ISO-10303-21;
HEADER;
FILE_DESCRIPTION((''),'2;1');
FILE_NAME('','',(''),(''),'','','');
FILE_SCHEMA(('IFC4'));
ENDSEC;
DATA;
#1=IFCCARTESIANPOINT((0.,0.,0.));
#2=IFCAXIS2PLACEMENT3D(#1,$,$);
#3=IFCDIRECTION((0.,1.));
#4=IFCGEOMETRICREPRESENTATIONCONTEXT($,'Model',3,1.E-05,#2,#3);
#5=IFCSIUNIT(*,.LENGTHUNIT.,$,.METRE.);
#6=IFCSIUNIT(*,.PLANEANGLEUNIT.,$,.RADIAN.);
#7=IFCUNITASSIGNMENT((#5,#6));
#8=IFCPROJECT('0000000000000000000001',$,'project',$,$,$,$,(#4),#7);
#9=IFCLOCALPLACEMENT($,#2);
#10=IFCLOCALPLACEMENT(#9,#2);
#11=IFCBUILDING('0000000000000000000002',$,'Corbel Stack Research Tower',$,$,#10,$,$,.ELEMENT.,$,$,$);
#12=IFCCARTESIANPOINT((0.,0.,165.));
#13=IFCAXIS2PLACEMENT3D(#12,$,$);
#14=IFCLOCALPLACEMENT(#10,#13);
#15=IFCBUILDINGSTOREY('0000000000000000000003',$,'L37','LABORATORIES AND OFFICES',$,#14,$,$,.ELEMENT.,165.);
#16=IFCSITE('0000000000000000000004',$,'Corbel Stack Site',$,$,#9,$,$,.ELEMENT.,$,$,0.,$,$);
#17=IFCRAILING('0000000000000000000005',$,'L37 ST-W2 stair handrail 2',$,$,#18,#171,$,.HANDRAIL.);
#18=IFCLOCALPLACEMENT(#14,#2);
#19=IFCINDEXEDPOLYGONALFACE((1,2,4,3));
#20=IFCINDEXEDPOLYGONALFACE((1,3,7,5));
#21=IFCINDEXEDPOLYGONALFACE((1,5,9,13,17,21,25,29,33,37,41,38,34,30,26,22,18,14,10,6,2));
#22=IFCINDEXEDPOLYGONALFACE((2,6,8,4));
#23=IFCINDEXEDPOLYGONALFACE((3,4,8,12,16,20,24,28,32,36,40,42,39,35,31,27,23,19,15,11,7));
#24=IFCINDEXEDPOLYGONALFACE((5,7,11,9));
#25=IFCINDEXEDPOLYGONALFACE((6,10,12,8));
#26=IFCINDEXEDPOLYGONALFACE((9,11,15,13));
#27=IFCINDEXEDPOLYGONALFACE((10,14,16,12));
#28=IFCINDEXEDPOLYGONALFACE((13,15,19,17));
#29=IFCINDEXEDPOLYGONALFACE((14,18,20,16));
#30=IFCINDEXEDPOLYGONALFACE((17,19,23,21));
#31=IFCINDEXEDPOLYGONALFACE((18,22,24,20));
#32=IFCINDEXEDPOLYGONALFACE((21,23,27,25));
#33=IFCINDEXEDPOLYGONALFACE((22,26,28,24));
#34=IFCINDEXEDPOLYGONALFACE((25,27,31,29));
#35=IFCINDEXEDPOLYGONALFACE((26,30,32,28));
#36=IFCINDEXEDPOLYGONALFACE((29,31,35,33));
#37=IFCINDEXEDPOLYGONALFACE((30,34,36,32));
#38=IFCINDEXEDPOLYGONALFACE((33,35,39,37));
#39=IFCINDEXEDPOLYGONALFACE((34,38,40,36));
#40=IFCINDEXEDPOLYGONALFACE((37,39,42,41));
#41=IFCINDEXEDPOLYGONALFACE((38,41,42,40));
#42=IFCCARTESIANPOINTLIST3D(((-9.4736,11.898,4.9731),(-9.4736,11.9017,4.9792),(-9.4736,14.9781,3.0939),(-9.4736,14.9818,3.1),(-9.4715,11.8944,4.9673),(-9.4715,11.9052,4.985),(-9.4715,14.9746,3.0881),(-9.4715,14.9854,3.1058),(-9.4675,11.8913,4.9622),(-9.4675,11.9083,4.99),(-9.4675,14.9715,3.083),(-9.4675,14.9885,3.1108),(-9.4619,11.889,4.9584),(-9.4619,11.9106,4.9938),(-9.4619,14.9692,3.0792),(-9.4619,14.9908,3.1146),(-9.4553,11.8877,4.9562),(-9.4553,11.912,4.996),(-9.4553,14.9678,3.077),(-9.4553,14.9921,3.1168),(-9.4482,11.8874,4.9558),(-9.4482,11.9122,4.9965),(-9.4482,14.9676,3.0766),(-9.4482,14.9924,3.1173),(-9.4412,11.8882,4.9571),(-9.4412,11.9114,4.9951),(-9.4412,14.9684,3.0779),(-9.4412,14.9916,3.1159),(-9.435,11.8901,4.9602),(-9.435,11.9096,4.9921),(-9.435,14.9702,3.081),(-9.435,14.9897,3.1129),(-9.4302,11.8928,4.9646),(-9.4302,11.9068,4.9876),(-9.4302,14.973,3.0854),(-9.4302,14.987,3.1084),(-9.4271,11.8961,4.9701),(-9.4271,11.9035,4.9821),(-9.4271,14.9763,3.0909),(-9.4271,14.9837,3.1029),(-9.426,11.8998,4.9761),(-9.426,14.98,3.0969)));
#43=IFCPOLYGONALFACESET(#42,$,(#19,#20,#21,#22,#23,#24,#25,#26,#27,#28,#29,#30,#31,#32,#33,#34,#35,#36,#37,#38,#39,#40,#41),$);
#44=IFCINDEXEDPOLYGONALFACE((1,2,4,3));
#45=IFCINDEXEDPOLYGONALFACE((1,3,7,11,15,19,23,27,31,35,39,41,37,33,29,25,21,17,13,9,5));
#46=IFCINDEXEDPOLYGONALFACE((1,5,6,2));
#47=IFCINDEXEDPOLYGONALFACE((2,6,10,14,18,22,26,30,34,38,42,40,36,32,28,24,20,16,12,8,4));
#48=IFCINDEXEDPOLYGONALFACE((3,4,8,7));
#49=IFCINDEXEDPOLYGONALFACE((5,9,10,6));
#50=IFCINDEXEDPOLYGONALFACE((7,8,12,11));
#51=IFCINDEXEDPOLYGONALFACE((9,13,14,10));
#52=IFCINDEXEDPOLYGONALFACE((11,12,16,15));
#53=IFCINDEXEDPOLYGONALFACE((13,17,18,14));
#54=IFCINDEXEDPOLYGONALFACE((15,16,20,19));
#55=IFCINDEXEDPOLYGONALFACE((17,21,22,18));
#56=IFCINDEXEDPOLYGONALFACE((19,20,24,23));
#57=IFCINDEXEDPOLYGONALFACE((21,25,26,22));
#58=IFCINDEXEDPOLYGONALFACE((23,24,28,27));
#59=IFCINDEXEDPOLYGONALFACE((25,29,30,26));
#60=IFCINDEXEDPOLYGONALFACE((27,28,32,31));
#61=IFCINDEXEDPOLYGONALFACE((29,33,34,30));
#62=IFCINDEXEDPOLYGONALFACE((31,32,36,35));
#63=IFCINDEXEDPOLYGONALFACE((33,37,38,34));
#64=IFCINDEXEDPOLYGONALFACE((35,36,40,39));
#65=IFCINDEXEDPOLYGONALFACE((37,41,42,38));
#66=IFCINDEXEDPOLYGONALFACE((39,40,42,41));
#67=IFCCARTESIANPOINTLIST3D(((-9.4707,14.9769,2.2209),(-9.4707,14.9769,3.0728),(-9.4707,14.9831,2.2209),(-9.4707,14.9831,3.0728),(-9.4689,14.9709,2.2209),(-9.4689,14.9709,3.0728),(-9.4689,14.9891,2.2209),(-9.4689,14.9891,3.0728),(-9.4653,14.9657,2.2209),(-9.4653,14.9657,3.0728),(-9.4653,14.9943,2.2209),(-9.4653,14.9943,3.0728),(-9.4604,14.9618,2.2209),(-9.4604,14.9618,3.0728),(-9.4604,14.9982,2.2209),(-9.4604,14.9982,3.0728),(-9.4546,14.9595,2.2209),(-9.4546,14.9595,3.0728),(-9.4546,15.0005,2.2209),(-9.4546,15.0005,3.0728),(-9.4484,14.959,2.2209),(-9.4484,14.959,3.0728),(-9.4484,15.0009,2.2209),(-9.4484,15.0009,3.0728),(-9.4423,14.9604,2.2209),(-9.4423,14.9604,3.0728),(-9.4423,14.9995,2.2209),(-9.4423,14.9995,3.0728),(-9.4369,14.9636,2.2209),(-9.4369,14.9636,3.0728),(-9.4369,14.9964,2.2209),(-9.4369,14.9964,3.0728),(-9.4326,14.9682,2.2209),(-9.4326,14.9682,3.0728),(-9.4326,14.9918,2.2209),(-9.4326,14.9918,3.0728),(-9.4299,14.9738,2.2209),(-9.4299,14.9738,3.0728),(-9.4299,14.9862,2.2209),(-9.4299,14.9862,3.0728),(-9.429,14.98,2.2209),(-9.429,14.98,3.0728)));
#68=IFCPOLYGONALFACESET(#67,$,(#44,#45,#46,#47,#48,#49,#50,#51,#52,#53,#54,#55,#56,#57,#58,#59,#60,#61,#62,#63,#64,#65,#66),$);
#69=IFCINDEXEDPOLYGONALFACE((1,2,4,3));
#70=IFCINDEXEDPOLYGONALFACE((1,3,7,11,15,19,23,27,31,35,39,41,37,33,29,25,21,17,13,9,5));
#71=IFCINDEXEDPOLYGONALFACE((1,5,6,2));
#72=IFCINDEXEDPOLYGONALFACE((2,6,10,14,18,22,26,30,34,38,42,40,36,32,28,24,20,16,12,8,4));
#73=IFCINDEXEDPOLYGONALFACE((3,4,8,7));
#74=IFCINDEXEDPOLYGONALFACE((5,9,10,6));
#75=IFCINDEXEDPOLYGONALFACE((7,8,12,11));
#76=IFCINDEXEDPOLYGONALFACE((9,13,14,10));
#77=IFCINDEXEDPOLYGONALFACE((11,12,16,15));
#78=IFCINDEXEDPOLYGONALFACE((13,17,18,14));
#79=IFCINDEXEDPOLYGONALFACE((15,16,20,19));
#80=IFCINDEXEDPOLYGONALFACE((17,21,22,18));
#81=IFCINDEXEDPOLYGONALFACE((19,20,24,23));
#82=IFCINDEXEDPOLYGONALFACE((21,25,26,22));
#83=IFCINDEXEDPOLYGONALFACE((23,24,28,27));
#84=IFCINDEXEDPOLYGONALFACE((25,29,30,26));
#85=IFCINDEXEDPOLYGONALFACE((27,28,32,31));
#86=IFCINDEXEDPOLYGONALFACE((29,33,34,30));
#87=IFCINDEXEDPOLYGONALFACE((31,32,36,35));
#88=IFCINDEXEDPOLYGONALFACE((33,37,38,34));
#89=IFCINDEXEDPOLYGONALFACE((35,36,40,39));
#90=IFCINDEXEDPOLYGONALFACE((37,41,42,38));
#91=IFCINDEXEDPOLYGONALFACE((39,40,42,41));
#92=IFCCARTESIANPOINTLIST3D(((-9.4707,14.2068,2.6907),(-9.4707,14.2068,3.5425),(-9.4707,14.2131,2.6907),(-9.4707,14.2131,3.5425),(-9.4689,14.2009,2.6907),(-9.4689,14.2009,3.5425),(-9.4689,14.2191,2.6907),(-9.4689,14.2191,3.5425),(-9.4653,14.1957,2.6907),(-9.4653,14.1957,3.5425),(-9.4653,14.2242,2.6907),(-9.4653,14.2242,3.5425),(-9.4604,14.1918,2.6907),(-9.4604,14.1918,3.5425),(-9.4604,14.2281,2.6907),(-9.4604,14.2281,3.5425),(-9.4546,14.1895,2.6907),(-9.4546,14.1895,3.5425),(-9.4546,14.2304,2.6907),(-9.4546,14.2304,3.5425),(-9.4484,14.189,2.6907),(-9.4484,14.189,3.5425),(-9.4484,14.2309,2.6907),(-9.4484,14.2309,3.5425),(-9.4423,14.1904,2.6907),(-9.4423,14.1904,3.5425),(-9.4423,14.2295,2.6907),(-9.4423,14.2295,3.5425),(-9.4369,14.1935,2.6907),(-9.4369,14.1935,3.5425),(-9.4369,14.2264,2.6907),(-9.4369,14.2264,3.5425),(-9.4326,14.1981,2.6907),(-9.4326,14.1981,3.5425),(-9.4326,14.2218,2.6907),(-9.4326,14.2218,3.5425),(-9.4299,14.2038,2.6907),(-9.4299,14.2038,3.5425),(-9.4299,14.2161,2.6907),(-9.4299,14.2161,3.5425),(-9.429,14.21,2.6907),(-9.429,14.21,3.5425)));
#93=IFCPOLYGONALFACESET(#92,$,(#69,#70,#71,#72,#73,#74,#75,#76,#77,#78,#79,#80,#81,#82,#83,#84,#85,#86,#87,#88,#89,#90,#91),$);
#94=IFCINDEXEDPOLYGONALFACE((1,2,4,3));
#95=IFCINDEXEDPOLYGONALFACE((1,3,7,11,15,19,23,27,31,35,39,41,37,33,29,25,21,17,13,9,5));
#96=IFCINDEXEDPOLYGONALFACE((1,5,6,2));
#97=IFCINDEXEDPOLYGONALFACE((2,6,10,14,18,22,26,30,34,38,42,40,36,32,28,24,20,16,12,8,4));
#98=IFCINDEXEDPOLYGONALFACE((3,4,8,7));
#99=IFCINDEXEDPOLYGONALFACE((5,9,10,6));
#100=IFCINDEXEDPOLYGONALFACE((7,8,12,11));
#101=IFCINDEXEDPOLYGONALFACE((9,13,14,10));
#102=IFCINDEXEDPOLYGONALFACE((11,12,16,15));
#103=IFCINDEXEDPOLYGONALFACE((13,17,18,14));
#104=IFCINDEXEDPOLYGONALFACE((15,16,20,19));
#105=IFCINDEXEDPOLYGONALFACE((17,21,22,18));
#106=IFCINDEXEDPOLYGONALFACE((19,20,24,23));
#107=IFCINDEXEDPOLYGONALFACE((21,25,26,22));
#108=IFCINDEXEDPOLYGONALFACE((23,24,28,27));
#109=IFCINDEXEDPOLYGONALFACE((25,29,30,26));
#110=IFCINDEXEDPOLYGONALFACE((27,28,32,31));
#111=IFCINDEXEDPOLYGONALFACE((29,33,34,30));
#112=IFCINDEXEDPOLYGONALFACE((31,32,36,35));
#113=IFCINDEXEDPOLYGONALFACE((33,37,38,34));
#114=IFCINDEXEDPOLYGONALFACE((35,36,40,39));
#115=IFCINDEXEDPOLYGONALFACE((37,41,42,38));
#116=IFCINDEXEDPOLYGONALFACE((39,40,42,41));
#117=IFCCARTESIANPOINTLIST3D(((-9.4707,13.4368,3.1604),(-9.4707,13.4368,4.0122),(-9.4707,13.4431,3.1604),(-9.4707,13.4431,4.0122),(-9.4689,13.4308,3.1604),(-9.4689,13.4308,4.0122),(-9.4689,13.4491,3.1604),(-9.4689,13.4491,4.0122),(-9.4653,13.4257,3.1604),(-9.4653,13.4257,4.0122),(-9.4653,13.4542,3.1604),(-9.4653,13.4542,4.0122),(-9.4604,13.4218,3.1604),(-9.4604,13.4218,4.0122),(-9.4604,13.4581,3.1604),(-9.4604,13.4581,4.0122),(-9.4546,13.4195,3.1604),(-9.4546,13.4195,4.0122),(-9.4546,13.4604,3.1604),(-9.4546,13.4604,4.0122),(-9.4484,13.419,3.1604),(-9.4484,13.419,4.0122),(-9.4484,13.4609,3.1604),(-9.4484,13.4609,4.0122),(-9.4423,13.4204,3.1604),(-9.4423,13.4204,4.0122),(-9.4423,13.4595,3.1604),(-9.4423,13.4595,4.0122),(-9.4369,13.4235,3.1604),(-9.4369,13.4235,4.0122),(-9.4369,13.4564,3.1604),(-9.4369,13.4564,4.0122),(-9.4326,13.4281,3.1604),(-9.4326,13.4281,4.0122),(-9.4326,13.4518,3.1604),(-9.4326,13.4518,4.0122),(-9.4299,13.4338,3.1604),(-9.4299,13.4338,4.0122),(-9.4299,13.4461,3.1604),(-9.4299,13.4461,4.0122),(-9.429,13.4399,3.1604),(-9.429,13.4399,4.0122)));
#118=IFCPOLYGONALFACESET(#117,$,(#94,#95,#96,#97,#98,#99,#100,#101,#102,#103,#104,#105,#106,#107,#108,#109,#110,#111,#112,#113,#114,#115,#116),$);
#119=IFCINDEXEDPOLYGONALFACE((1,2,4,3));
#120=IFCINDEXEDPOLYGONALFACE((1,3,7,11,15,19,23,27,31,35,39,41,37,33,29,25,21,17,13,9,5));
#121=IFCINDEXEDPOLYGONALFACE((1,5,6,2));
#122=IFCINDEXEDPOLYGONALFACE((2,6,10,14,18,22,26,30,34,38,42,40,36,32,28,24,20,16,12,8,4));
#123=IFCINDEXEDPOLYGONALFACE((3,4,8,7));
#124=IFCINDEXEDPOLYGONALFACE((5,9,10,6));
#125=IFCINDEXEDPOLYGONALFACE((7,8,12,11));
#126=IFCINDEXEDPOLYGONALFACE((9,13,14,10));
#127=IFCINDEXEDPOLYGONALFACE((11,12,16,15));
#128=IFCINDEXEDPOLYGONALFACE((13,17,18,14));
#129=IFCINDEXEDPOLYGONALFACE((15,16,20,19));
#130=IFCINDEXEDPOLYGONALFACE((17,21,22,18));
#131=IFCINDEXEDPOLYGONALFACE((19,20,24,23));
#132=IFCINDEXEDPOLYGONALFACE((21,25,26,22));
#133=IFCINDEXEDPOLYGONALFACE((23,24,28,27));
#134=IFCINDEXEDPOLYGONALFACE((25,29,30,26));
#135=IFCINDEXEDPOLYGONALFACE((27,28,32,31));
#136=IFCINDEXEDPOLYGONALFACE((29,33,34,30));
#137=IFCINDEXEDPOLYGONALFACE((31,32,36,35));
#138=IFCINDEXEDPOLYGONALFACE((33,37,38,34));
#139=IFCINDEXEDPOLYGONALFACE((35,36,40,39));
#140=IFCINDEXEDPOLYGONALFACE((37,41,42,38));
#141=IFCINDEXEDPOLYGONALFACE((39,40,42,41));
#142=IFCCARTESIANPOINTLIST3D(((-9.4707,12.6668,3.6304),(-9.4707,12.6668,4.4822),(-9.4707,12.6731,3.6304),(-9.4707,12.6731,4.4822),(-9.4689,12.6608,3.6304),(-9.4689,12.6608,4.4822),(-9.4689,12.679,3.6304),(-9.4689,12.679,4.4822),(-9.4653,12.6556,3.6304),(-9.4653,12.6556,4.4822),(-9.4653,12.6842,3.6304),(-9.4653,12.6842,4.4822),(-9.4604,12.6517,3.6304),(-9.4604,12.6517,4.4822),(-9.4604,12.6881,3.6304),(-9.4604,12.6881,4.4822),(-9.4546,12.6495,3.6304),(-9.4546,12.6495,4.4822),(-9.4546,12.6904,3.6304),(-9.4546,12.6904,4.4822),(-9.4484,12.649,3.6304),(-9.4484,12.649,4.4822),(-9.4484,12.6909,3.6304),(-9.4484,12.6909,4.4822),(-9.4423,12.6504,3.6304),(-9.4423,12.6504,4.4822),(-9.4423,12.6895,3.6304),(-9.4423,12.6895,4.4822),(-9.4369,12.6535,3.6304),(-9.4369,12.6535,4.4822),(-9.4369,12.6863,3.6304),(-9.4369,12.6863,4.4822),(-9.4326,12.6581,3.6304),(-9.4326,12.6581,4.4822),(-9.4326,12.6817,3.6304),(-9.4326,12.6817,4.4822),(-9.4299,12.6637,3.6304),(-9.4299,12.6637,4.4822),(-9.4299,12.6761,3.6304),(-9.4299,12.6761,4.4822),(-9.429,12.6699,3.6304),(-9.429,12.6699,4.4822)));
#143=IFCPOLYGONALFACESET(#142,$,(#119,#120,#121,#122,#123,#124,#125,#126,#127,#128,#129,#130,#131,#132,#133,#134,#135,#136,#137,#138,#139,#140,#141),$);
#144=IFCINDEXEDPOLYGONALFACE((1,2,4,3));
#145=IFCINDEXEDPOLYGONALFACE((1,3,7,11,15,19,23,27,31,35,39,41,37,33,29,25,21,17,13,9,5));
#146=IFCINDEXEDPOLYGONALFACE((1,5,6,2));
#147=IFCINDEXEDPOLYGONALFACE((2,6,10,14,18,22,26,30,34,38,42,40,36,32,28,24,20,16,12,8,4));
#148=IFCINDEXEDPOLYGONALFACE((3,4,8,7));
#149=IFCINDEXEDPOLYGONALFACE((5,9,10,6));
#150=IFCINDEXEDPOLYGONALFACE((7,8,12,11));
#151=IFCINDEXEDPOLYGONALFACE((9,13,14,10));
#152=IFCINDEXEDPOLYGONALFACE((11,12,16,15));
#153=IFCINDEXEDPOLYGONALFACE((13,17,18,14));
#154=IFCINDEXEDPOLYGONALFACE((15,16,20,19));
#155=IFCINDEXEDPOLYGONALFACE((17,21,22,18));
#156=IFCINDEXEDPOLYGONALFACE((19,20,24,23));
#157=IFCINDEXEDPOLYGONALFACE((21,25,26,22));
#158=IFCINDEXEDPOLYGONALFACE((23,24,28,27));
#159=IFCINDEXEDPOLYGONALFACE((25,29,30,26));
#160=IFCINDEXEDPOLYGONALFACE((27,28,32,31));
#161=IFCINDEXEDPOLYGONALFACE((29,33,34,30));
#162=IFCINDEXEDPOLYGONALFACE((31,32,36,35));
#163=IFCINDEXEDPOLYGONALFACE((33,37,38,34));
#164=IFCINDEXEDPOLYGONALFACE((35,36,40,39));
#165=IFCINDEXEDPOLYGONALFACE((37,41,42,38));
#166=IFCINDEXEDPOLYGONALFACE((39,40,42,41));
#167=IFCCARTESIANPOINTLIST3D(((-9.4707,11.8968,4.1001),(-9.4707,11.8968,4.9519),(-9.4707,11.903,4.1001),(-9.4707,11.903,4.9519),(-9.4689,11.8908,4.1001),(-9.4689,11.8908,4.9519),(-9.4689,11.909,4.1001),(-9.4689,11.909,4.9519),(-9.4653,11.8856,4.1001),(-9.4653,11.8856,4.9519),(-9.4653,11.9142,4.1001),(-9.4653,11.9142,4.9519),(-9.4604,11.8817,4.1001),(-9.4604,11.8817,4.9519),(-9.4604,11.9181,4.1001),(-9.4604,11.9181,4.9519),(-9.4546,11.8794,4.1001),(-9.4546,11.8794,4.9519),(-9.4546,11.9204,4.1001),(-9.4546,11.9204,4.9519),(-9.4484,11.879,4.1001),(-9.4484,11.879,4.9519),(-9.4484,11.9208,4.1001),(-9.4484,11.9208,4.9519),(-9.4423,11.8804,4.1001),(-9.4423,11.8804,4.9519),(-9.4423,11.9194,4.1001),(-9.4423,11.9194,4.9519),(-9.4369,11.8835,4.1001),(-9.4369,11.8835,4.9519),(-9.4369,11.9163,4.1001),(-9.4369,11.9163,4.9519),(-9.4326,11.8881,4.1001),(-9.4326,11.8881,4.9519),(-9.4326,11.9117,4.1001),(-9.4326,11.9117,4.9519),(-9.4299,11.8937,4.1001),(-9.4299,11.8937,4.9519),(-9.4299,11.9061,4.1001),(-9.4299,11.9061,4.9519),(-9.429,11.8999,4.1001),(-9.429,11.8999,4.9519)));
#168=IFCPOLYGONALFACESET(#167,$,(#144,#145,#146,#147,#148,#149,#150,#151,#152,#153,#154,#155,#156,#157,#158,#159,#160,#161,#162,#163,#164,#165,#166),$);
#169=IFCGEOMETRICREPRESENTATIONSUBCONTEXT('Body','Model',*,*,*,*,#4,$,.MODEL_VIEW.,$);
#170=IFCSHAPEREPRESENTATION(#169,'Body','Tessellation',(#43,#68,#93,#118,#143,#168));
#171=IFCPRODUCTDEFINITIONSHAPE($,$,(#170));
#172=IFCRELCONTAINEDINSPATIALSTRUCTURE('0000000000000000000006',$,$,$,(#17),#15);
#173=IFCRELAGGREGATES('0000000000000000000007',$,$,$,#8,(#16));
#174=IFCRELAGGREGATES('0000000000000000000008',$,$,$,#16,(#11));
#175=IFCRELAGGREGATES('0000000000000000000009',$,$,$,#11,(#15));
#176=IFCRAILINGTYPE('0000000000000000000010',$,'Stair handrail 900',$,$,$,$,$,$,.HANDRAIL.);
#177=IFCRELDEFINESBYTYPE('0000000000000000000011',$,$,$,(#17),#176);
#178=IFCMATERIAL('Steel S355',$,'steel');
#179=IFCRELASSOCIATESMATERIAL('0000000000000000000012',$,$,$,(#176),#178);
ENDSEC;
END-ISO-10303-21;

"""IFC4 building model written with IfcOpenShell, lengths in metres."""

from ifc_helpers import new_model, si_unit, direction, frame, origin, origin_2d, place, context, subcontext, project, spatial, circle, extrude, material, type_object, element, save


model = new_model("IFC4")

# Units and contexts
model_context = context("Model", 3, precision=1e-05, world=origin(), true_north=direction((0.0, 1.0)))
body_context = subcontext(model_context, "Body", "Model", "MODEL_VIEW")
ifc_project = project(units=[si_unit("LENGTHUNIT", "METRE"), si_unit("PLANEANGLEUNIT", "RADIAN")], contexts=[model_context])

# Site, building, storey
site_placement = place(None, origin())
site = spatial("IfcSite", under=ifc_project, at=site_placement, Name="Corbel Stack Site", CompositionType="ELEMENT", RefElevation=0.0)
building_placement = place(site_placement, origin())
building = spatial("IfcBuilding", under=site, at=building_placement, Name="Corbel Stack Research Tower", CompositionType="ELEMENT")
storey_placement = place(building_placement, frame((0.0, 0.0, 165.0)))
storey = spatial("IfcBuildingStorey", under=building, at=storey_placement, Name="L37", Description="LABORATORIES AND OFFICES", CompositionType="ELEMENT", Elevation=165.0)

# Railing
ifc_material_1 = material(Name="Steel S355", Category="steel")
railing_type_1 = type_object("IfcRailingType", Name="Stair handrail 900", PredefinedType="HANDRAIL", material=ifc_material_1)
railing_1_placement = place(storey_placement, frame((-9.45, 14.98, 2.2209)))
element("IfcRailing", 1, at=railing_1_placement, inside=storey, type_object=railing_type_1, Name="L37 ST-W2 stair handrail 2", PredefinedType="HANDRAIL", context=body_context, shape_type="SweptSolid", body=[
    extrude(circle(Radius=0.0239, at=origin_2d()), frame((0.0, 0.0, 0.876), z_axis=(0.0, -0.853666, 0.52082), x_axis=(1.0, 0.0, 0.0)), (0.0, 0.0, 1.0), 3.6082),
    extrude(circle(Radius=0.021, at=origin_2d()), origin(), (0.0, 0.0, 1.0), 0.8518),
    extrude(circle(Radius=0.021, at=origin_2d()), frame((0.0, -0.77, 0.4697)), (0.0, 0.0, 1.0), 0.8518),
    extrude(circle(Radius=0.021, at=origin_2d()), frame((0.0, -1.54, 0.9395)), (0.0, 0.0, 1.0), 0.8518),
    extrude(circle(Radius=0.021, at=origin_2d()), frame((0.0, -2.3101, 1.4094)), (0.0, 0.0, 1.0), 0.8518),
    extrude(circle(Radius=0.021, at=origin_2d()), frame((0.0, -3.0801, 1.8792)), (0.0, 0.0, 1.0), 0.8518),
])

save(model, "model.ifc")
